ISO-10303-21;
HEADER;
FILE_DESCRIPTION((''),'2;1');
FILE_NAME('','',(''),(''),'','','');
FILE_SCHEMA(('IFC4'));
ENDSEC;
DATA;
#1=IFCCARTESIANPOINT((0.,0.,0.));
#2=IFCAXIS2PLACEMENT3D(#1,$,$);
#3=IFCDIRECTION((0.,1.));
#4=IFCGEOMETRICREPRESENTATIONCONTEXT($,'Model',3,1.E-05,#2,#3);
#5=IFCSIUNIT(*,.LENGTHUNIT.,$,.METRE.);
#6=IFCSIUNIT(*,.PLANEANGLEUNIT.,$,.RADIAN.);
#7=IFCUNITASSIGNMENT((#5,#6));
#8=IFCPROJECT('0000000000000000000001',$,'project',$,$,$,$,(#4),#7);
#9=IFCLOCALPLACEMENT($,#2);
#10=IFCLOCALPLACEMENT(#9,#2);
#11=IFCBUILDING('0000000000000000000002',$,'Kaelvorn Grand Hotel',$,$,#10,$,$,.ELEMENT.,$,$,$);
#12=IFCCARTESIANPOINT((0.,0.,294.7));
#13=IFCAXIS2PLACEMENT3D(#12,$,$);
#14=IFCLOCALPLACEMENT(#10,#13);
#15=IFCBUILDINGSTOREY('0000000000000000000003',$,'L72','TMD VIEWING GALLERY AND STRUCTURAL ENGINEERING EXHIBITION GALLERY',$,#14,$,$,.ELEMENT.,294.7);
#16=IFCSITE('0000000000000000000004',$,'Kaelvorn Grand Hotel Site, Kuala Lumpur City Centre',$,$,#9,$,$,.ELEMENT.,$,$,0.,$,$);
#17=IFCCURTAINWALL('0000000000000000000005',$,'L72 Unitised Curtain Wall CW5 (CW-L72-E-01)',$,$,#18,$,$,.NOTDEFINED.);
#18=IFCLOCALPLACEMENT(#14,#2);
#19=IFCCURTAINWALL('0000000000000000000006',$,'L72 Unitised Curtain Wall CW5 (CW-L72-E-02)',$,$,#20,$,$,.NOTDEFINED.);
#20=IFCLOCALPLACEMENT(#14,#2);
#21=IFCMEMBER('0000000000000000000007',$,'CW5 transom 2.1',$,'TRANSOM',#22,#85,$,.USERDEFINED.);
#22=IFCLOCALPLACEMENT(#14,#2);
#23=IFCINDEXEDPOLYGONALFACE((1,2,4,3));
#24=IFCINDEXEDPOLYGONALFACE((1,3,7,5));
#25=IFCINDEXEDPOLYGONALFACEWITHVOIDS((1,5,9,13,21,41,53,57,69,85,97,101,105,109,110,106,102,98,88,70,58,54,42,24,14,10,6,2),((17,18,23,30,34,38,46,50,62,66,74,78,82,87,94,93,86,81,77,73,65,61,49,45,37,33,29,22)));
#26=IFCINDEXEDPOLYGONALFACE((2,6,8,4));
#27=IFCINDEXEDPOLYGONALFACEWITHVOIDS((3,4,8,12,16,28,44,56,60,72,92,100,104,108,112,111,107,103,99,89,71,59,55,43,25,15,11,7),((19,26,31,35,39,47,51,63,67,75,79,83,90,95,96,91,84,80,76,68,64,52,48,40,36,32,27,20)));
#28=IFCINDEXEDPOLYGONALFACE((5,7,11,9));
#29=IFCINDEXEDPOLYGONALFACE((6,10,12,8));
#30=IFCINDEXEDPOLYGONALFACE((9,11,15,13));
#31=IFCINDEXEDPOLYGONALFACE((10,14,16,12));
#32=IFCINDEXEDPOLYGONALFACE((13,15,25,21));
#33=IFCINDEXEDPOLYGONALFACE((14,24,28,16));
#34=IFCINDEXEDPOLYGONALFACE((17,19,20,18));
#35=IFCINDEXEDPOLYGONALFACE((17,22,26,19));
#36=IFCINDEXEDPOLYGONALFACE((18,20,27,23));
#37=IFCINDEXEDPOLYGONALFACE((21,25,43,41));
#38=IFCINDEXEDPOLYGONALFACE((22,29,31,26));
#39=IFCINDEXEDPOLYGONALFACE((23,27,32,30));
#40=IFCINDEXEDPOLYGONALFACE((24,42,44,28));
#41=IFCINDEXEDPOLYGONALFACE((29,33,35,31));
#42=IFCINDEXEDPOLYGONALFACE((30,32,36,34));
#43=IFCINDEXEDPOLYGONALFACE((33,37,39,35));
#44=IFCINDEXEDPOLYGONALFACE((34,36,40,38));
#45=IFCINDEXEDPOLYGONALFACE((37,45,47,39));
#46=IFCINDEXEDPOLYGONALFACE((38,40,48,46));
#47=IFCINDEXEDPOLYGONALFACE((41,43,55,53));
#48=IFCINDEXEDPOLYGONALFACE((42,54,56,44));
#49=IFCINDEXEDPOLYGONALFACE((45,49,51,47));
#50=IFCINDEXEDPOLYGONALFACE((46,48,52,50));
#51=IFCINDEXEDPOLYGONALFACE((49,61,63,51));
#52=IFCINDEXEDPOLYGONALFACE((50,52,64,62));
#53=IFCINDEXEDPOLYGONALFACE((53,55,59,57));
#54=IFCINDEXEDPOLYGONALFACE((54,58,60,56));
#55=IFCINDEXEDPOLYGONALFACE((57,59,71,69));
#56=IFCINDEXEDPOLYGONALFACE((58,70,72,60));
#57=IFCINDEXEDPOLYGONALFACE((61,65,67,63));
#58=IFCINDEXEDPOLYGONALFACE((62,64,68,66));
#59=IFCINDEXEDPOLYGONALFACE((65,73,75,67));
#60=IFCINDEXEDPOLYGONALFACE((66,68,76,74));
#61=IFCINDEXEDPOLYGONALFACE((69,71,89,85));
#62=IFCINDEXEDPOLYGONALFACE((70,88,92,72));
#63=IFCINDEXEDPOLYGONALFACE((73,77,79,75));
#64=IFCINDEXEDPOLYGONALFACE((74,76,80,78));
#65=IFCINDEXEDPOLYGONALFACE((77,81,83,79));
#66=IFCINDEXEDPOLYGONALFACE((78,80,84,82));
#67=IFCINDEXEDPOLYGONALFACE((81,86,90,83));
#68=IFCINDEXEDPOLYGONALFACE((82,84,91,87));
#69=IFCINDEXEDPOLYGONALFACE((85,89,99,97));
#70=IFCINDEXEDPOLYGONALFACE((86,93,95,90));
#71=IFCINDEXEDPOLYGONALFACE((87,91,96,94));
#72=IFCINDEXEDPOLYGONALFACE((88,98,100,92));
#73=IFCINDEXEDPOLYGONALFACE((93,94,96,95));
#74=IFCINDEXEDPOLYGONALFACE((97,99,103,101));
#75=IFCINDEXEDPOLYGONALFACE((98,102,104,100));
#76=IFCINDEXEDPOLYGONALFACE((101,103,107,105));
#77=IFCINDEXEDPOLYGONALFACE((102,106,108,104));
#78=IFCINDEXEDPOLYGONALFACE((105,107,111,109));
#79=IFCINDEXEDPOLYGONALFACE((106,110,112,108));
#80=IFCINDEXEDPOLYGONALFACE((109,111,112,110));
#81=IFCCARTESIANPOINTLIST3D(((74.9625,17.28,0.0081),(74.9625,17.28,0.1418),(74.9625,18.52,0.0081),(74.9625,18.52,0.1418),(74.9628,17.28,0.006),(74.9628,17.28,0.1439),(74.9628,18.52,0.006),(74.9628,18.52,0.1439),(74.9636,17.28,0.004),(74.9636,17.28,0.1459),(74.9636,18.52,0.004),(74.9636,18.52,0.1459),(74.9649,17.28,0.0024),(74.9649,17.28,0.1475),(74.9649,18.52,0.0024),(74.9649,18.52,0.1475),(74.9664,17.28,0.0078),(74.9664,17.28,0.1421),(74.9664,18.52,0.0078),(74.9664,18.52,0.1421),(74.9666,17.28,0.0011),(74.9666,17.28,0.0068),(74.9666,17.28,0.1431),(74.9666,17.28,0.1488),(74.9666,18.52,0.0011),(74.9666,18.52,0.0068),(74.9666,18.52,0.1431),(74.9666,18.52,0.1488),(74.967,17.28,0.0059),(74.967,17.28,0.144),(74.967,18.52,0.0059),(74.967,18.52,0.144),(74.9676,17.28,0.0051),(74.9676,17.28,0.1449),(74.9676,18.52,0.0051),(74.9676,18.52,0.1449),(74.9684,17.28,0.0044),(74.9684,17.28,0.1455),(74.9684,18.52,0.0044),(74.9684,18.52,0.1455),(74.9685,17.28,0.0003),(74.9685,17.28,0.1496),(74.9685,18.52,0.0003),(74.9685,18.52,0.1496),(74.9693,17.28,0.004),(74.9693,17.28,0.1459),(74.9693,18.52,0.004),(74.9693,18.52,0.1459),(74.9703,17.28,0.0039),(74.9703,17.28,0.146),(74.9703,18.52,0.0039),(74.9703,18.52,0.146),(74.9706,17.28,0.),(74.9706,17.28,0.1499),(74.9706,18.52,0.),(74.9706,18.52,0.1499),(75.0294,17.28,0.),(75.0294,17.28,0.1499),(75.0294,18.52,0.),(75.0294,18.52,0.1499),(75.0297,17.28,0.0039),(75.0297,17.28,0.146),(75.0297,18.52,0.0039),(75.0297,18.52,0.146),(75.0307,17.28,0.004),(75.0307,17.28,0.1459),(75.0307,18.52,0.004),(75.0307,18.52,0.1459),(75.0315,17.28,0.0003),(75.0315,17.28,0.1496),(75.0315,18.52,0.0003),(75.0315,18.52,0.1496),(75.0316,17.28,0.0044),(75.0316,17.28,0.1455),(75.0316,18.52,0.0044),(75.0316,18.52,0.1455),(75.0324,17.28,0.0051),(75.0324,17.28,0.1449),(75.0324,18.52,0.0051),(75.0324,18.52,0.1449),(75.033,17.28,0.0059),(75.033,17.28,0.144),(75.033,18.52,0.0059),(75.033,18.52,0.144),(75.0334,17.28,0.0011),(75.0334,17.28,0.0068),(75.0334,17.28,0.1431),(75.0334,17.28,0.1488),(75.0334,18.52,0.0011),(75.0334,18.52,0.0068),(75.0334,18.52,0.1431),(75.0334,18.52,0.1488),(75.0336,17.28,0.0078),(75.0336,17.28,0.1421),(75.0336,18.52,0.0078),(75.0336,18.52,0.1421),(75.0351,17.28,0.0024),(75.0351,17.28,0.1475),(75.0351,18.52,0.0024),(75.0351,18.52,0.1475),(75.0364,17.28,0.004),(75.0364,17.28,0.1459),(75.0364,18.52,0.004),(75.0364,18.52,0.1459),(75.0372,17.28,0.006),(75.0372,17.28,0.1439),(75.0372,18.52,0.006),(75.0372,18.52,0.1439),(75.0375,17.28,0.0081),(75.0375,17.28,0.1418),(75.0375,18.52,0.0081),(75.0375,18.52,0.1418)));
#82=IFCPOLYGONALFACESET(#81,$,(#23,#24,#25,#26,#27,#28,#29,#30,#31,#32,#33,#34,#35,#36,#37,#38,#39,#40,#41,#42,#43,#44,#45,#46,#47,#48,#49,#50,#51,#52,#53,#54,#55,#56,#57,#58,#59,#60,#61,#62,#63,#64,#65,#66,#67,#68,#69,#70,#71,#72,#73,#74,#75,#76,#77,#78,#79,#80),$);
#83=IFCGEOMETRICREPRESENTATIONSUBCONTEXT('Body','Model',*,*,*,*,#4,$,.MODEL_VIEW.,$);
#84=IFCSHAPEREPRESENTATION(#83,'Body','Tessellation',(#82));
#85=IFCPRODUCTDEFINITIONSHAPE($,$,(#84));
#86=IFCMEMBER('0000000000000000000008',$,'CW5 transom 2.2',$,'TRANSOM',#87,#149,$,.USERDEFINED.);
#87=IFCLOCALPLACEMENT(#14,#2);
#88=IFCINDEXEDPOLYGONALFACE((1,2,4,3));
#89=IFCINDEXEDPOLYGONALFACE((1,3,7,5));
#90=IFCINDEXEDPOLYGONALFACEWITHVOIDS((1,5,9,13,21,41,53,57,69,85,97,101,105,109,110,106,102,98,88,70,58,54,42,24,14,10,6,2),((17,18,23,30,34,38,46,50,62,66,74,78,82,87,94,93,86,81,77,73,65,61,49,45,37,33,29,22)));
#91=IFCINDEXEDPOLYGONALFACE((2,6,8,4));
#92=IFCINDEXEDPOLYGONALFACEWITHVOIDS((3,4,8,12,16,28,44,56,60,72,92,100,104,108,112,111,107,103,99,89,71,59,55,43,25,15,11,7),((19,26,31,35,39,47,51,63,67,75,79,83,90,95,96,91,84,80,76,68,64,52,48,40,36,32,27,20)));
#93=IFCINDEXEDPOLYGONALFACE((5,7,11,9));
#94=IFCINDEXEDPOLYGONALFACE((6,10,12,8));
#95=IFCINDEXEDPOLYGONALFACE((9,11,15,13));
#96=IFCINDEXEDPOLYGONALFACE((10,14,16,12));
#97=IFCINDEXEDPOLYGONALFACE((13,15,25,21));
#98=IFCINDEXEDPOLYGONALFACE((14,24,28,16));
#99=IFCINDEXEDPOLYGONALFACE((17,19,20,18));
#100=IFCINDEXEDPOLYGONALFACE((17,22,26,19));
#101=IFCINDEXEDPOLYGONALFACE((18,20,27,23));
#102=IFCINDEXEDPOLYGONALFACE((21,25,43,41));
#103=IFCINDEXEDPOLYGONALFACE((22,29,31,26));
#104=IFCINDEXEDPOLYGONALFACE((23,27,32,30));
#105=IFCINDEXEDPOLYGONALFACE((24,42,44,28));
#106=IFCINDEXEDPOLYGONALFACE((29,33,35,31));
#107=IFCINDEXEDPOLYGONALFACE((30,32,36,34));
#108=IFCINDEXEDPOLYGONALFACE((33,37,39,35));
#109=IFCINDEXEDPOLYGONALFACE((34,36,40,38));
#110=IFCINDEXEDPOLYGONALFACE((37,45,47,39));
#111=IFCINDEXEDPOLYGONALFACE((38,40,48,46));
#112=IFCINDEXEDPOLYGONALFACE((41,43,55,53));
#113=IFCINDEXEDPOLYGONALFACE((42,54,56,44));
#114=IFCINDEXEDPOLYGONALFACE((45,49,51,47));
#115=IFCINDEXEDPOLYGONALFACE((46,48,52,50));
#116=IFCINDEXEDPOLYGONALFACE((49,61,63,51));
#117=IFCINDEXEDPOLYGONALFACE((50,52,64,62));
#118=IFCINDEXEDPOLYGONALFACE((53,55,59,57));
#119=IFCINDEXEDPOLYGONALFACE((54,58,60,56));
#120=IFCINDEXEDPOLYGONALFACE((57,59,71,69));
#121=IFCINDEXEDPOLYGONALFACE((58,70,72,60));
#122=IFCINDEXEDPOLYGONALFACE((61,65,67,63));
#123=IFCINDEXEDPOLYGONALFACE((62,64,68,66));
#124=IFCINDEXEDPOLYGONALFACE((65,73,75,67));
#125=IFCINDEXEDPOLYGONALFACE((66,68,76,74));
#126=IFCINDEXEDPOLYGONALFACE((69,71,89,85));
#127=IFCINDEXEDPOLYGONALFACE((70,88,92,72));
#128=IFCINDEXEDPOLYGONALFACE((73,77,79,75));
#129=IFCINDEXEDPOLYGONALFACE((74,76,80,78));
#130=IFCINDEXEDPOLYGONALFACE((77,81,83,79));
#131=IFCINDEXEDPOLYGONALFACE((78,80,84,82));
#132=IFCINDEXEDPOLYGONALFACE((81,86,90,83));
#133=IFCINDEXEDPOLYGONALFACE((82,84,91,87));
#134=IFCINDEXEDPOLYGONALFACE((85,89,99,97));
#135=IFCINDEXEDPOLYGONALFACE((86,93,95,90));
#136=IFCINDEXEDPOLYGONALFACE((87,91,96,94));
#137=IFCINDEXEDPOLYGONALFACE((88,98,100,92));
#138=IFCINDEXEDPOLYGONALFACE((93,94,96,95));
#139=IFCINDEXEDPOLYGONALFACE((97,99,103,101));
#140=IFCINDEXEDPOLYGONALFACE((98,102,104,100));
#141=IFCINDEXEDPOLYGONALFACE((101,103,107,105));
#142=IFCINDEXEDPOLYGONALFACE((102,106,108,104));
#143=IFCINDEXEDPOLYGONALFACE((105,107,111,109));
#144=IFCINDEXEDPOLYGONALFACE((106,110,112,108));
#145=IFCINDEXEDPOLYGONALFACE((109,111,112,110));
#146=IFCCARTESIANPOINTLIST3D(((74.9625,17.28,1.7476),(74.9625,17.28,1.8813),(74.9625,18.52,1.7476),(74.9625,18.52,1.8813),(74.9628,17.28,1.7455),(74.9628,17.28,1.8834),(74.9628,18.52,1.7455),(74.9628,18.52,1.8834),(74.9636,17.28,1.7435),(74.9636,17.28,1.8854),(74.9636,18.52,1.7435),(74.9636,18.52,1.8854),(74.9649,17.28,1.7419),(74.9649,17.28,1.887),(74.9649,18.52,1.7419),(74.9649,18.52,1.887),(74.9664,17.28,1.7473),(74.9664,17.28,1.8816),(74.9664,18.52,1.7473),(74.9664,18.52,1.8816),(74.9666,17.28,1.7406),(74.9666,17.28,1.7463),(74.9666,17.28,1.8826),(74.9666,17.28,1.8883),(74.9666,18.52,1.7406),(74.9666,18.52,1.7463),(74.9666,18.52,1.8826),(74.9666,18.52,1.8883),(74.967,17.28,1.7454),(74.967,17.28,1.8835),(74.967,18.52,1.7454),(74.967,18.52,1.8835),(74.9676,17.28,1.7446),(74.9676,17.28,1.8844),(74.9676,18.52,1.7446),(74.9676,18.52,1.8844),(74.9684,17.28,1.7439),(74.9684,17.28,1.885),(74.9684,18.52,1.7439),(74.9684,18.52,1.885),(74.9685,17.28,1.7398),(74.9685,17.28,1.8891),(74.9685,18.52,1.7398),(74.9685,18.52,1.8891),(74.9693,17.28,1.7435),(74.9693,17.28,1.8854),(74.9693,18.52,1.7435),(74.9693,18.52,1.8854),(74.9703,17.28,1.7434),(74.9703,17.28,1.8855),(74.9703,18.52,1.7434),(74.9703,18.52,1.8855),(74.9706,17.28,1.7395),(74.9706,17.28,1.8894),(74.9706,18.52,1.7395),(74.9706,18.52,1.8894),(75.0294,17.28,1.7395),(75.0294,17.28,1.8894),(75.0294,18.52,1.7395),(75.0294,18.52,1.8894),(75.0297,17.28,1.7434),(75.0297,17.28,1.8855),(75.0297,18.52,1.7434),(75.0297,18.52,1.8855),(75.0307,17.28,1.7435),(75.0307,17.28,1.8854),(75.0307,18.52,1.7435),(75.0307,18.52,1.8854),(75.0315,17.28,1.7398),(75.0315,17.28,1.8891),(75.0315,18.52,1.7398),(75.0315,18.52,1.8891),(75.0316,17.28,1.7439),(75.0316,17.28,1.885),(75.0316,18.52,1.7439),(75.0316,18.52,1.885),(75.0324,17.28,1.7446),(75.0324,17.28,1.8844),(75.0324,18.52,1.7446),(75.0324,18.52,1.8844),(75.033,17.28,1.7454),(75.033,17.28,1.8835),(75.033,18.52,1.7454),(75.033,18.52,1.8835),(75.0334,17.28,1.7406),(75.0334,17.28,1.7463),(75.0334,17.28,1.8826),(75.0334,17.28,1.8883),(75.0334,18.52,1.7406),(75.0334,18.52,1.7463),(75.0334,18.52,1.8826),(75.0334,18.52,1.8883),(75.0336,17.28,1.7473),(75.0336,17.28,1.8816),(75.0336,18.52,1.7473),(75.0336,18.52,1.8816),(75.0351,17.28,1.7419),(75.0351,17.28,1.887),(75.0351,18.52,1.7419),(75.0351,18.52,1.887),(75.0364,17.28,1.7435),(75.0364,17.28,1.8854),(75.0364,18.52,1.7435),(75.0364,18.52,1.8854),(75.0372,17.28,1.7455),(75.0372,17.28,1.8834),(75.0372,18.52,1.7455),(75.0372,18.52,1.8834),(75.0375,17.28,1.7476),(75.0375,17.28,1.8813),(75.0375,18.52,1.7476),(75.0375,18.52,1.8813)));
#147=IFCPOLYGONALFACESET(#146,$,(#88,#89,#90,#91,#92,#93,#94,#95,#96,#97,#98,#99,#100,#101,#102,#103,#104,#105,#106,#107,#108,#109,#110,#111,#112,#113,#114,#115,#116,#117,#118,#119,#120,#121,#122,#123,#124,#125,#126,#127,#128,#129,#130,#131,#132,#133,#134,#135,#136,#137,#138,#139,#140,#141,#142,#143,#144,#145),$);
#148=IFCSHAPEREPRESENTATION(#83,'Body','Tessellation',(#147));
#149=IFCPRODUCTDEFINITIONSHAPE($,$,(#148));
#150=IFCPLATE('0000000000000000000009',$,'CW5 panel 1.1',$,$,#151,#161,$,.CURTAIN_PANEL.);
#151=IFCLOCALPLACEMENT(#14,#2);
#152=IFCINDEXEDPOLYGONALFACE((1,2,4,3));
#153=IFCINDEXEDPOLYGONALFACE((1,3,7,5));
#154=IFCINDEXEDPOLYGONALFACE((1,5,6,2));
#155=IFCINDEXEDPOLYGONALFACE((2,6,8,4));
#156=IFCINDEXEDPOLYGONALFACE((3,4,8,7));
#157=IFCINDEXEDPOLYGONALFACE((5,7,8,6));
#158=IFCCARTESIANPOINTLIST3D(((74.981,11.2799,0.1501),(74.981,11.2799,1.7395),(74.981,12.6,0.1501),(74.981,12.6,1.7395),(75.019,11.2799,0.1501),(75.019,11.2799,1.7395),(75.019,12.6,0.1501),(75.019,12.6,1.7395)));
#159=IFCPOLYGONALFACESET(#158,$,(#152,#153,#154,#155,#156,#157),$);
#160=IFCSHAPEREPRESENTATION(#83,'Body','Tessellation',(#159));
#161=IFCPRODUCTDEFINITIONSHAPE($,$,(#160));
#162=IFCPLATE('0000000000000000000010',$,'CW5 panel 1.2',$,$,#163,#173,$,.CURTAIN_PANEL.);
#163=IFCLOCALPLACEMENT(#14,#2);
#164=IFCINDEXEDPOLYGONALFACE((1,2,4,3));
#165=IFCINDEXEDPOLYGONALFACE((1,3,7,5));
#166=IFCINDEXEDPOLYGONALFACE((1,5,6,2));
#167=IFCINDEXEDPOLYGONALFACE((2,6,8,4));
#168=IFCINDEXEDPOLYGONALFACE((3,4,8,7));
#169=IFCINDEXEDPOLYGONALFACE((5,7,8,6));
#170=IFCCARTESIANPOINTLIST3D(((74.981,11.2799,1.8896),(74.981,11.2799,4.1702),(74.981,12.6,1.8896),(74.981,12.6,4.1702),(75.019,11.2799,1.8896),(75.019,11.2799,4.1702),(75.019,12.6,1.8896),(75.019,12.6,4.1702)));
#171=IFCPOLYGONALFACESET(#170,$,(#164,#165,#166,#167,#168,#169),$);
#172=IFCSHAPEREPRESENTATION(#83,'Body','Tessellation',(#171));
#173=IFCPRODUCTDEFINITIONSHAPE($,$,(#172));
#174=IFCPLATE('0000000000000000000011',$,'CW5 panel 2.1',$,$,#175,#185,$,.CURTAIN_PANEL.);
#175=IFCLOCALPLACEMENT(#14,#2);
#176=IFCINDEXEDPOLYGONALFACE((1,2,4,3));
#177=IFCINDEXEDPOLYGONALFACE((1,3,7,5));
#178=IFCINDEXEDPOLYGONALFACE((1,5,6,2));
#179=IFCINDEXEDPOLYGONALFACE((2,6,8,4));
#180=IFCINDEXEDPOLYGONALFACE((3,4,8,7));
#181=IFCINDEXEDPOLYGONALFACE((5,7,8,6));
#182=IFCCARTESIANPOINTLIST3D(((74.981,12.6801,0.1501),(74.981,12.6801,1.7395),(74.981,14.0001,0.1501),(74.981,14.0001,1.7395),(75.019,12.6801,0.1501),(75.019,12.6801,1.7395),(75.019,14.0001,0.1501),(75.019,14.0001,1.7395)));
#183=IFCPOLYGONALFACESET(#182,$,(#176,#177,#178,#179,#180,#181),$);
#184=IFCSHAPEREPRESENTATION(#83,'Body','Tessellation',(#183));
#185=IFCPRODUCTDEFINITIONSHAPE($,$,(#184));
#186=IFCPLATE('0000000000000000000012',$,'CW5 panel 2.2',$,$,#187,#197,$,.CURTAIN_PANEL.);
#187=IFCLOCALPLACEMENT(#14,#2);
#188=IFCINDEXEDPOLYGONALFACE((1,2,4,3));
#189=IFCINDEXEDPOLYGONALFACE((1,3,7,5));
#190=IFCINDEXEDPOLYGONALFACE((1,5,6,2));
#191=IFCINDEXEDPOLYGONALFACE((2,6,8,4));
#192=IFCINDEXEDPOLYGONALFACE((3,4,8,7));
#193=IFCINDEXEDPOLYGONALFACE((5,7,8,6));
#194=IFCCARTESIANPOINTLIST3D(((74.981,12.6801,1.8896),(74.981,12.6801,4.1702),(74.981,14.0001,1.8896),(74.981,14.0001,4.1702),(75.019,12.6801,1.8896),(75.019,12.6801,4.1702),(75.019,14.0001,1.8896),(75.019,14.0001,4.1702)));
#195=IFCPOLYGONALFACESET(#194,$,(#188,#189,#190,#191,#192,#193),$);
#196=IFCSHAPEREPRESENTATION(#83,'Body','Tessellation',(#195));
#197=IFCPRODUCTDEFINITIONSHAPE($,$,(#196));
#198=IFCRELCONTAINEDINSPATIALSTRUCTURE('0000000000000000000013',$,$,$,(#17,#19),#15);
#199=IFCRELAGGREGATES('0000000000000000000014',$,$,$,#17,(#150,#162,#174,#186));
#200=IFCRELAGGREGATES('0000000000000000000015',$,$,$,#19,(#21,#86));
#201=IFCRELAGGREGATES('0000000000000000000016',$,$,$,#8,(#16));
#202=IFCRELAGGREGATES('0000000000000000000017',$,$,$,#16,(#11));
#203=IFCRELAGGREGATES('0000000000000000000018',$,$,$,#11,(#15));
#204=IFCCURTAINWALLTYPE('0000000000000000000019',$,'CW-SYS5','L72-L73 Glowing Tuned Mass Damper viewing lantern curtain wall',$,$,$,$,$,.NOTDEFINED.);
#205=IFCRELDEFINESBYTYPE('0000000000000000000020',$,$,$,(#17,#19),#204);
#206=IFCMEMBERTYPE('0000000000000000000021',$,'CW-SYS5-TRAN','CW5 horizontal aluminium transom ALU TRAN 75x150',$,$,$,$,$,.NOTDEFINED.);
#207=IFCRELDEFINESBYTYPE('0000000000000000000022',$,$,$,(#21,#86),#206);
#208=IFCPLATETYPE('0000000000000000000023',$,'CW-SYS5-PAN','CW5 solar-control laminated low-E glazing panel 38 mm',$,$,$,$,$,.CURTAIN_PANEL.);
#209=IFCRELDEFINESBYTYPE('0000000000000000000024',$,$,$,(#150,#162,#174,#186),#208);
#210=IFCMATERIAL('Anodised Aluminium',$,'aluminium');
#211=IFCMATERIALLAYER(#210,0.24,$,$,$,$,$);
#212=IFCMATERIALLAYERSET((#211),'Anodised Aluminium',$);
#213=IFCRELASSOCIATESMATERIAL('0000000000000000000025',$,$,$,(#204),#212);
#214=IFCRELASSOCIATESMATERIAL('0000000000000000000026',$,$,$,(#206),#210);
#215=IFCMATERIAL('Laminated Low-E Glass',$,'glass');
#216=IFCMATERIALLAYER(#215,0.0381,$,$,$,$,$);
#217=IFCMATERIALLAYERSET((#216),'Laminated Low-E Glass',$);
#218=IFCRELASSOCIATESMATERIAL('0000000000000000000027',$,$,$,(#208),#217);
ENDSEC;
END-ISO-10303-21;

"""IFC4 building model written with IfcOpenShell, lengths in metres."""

from ifc_helpers import new_model, si_unit, direction, frame, origin, origin_2d, place, context, subcontext, project, spatial, rectangle, hollow_rectangle, extrude, material, layer, layer_set, material_profile, profile_set, type_object, element, aggregate, save


model = new_model("IFC4")

# Units and contexts
model_context = context("Model", 3, precision=1e-05, world=origin(), true_north=direction((0.0, 1.0)))
body_context = subcontext(model_context, "Body", "Model", "MODEL_VIEW")
ifc_project = project(units=[si_unit("LENGTHUNIT", "METRE"), si_unit("PLANEANGLEUNIT", "RADIAN")], contexts=[model_context])

# Site, building, storey
site_placement = place(None, origin())
site = spatial("IfcSite", under=ifc_project, at=site_placement, Name="Kaelvorn Grand Hotel Site, Kuala Lumpur City Centre", CompositionType="ELEMENT", RefElevation=0.0)
building_placement = place(site_placement, origin())
building = spatial("IfcBuilding", under=site, at=building_placement, Name="Kaelvorn Grand Hotel", CompositionType="ELEMENT")
storey_placement = place(building_placement, frame((0.0, 0.0, 294.7)))
storey = spatial("IfcBuildingStorey", under=building, at=storey_placement, Name="L72", Description="TMD VIEWING GALLERY AND STRUCTURAL ENGINEERING EXHIBITION GALLERY", CompositionType="ELEMENT", Elevation=294.7)

# Curtain walls
ifc_material_1 = material(Name="Anodised Aluminium", Category="aluminium")
ifc_layer_1 = layer(ifc_material_1, 0.24)
ifc_layer_set_1 = layer_set([ifc_layer_1], Name="Anodised Aluminium")
curtain_wall_type = type_object("IfcCurtainWallType", Name="CW-SYS5", Description="L72-L73 Glowing Tuned Mass Damper viewing lantern curtain wall", PredefinedType="NOTDEFINED", material=ifc_layer_set_1)
curtain_wall_1_placement = place(storey_placement, origin())
curtain_wall_1 = element("IfcCurtainWall", 1, at=curtain_wall_1_placement, inside=storey, type_object=curtain_wall_type, Name="L72 Unitised Curtain Wall CW5 (CW-L72-E-01)", PredefinedType="NOTDEFINED")
curtain_wall_2_placement = place(storey_placement, origin())
curtain_wall_2 = element("IfcCurtainWall", 2, at=curtain_wall_2_placement, inside=storey, type_object=curtain_wall_type, Name="L72 Unitised Curtain Wall CW5 (CW-L72-E-02)", PredefinedType="NOTDEFINED")

# Members
ifc_material_profile_1 = material_profile(ifc_material_1, hollow_rectangle(XDim=0.075, YDim=0.1499, WallThickness=0.0039, InnerFilletRadius=0.0039, OuterFilletRadius=0.0081, at=origin_2d()), Name="ALU TRAN 75x150")
ifc_profile_set_1 = profile_set([ifc_material_profile_1], Name="Anodised Aluminium")
member_type_1 = type_object("IfcMemberType", Name="CW-SYS5-TRAN", Description="CW5 horizontal aluminium transom ALU TRAN 75x150", PredefinedType="NOTDEFINED", material=ifc_profile_set_1)
member_1_placement = place(storey_placement, frame((75.0, 17.28, 0.075), z_axis=(0.0, 1.0, 0.0), x_axis=(-1.0, 0.0, 0.0)))
member_1 = element("IfcMember", 3, at=member_1_placement, type_object=member_type_1, Name="CW5 transom 2.1", ObjectType="TRANSOM", PredefinedType="USERDEFINED", context=body_context, shape_type="SweptSolid", body=[
    extrude(hollow_rectangle(XDim=0.075, YDim=0.1499, WallThickness=0.0039, InnerFilletRadius=0.0039, OuterFilletRadius=0.0081, at=origin_2d()), origin(), (0.0, 0.0, 1.0), 1.24),
])
member_2_placement = place(storey_placement, frame((75.0, 17.28, 1.8145), z_axis=(0.0, 1.0, 0.0), x_axis=(-1.0, 0.0, 0.0)))
member_2 = element("IfcMember", 4, at=member_2_placement, type_object=member_type_1, Name="CW5 transom 2.2", ObjectType="TRANSOM", PredefinedType="USERDEFINED", context=body_context, shape_type="SweptSolid", body=[
    extrude(hollow_rectangle(XDim=0.075, YDim=0.1499, WallThickness=0.0039, InnerFilletRadius=0.0039, OuterFilletRadius=0.0081, at=origin_2d()), origin(), (0.0, 0.0, 1.0), 1.24),
])

# Plates
ifc_material_2 = material(Name="Laminated Low-E Glass", Category="glass")
ifc_layer_2 = layer(ifc_material_2, 0.0381)
ifc_layer_set_2 = layer_set([ifc_layer_2], Name="Laminated Low-E Glass")
plate_type = type_object("IfcPlateType", Name="CW-SYS5-PAN", Description="CW5 solar-control laminated low-E glazing panel 38 mm", PredefinedType="CURTAIN_PANEL", material=ifc_layer_set_2)
plate_1_placement = place(storey_placement, frame((75.0, 11.9399, 0.1501), z_axis=(0.0, 0.0, 1.0), x_axis=(0.0, 1.0, 0.0)))
plate_1 = element("IfcPlate", 5, at=plate_1_placement, type_object=plate_type, Name="CW5 panel 1.1", PredefinedType="CURTAIN_PANEL", context=body_context, shape_type="SweptSolid", body=[
    extrude(rectangle(XDim=1.3201, YDim=0.0381, at=origin_2d()), origin(), (0.0, 0.0, 1.0), 1.5894),
])
plate_2_placement = place(storey_placement, frame((75.0, 11.9399, 1.8896), z_axis=(0.0, 0.0, 1.0), x_axis=(0.0, 1.0, 0.0)))
plate_2 = element("IfcPlate", 6, at=plate_2_placement, type_object=plate_type, Name="CW5 panel 1.2", PredefinedType="CURTAIN_PANEL", context=body_context, shape_type="SweptSolid", body=[
    extrude(rectangle(XDim=1.3201, YDim=0.0381, at=origin_2d()), origin(), (0.0, 0.0, 1.0), 2.2805),
])
plate_3_placement = place(storey_placement, frame((75.0, 13.3401, 0.1501), z_axis=(0.0, 0.0, 1.0), x_axis=(0.0, 1.0, 0.0)))
plate_3 = element("IfcPlate", 7, at=plate_3_placement, type_object=plate_type, Name="CW5 panel 2.1", PredefinedType="CURTAIN_PANEL", context=body_context, shape_type="SweptSolid", body=[
    extrude(rectangle(XDim=1.3201, YDim=0.0381, at=origin_2d()), origin(), (0.0, 0.0, 1.0), 1.5894),
])
plate_4_placement = place(storey_placement, frame((75.0, 13.3401, 1.8896), z_axis=(0.0, 0.0, 1.0), x_axis=(0.0, 1.0, 0.0)))
plate_4 = element("IfcPlate", 8, at=plate_4_placement, type_object=plate_type, Name="CW5 panel 2.2", PredefinedType="CURTAIN_PANEL", context=body_context, shape_type="SweptSolid", body=[
    extrude(rectangle(XDim=1.3201, YDim=0.0381, at=origin_2d()), origin(), (0.0, 0.0, 1.0), 2.2805),
])
aggregate(curtain_wall_1, [plate_1, plate_2, plate_3, plate_4])
aggregate(curtain_wall_2, [member_1, member_2])

save(model, "model.ifc")
